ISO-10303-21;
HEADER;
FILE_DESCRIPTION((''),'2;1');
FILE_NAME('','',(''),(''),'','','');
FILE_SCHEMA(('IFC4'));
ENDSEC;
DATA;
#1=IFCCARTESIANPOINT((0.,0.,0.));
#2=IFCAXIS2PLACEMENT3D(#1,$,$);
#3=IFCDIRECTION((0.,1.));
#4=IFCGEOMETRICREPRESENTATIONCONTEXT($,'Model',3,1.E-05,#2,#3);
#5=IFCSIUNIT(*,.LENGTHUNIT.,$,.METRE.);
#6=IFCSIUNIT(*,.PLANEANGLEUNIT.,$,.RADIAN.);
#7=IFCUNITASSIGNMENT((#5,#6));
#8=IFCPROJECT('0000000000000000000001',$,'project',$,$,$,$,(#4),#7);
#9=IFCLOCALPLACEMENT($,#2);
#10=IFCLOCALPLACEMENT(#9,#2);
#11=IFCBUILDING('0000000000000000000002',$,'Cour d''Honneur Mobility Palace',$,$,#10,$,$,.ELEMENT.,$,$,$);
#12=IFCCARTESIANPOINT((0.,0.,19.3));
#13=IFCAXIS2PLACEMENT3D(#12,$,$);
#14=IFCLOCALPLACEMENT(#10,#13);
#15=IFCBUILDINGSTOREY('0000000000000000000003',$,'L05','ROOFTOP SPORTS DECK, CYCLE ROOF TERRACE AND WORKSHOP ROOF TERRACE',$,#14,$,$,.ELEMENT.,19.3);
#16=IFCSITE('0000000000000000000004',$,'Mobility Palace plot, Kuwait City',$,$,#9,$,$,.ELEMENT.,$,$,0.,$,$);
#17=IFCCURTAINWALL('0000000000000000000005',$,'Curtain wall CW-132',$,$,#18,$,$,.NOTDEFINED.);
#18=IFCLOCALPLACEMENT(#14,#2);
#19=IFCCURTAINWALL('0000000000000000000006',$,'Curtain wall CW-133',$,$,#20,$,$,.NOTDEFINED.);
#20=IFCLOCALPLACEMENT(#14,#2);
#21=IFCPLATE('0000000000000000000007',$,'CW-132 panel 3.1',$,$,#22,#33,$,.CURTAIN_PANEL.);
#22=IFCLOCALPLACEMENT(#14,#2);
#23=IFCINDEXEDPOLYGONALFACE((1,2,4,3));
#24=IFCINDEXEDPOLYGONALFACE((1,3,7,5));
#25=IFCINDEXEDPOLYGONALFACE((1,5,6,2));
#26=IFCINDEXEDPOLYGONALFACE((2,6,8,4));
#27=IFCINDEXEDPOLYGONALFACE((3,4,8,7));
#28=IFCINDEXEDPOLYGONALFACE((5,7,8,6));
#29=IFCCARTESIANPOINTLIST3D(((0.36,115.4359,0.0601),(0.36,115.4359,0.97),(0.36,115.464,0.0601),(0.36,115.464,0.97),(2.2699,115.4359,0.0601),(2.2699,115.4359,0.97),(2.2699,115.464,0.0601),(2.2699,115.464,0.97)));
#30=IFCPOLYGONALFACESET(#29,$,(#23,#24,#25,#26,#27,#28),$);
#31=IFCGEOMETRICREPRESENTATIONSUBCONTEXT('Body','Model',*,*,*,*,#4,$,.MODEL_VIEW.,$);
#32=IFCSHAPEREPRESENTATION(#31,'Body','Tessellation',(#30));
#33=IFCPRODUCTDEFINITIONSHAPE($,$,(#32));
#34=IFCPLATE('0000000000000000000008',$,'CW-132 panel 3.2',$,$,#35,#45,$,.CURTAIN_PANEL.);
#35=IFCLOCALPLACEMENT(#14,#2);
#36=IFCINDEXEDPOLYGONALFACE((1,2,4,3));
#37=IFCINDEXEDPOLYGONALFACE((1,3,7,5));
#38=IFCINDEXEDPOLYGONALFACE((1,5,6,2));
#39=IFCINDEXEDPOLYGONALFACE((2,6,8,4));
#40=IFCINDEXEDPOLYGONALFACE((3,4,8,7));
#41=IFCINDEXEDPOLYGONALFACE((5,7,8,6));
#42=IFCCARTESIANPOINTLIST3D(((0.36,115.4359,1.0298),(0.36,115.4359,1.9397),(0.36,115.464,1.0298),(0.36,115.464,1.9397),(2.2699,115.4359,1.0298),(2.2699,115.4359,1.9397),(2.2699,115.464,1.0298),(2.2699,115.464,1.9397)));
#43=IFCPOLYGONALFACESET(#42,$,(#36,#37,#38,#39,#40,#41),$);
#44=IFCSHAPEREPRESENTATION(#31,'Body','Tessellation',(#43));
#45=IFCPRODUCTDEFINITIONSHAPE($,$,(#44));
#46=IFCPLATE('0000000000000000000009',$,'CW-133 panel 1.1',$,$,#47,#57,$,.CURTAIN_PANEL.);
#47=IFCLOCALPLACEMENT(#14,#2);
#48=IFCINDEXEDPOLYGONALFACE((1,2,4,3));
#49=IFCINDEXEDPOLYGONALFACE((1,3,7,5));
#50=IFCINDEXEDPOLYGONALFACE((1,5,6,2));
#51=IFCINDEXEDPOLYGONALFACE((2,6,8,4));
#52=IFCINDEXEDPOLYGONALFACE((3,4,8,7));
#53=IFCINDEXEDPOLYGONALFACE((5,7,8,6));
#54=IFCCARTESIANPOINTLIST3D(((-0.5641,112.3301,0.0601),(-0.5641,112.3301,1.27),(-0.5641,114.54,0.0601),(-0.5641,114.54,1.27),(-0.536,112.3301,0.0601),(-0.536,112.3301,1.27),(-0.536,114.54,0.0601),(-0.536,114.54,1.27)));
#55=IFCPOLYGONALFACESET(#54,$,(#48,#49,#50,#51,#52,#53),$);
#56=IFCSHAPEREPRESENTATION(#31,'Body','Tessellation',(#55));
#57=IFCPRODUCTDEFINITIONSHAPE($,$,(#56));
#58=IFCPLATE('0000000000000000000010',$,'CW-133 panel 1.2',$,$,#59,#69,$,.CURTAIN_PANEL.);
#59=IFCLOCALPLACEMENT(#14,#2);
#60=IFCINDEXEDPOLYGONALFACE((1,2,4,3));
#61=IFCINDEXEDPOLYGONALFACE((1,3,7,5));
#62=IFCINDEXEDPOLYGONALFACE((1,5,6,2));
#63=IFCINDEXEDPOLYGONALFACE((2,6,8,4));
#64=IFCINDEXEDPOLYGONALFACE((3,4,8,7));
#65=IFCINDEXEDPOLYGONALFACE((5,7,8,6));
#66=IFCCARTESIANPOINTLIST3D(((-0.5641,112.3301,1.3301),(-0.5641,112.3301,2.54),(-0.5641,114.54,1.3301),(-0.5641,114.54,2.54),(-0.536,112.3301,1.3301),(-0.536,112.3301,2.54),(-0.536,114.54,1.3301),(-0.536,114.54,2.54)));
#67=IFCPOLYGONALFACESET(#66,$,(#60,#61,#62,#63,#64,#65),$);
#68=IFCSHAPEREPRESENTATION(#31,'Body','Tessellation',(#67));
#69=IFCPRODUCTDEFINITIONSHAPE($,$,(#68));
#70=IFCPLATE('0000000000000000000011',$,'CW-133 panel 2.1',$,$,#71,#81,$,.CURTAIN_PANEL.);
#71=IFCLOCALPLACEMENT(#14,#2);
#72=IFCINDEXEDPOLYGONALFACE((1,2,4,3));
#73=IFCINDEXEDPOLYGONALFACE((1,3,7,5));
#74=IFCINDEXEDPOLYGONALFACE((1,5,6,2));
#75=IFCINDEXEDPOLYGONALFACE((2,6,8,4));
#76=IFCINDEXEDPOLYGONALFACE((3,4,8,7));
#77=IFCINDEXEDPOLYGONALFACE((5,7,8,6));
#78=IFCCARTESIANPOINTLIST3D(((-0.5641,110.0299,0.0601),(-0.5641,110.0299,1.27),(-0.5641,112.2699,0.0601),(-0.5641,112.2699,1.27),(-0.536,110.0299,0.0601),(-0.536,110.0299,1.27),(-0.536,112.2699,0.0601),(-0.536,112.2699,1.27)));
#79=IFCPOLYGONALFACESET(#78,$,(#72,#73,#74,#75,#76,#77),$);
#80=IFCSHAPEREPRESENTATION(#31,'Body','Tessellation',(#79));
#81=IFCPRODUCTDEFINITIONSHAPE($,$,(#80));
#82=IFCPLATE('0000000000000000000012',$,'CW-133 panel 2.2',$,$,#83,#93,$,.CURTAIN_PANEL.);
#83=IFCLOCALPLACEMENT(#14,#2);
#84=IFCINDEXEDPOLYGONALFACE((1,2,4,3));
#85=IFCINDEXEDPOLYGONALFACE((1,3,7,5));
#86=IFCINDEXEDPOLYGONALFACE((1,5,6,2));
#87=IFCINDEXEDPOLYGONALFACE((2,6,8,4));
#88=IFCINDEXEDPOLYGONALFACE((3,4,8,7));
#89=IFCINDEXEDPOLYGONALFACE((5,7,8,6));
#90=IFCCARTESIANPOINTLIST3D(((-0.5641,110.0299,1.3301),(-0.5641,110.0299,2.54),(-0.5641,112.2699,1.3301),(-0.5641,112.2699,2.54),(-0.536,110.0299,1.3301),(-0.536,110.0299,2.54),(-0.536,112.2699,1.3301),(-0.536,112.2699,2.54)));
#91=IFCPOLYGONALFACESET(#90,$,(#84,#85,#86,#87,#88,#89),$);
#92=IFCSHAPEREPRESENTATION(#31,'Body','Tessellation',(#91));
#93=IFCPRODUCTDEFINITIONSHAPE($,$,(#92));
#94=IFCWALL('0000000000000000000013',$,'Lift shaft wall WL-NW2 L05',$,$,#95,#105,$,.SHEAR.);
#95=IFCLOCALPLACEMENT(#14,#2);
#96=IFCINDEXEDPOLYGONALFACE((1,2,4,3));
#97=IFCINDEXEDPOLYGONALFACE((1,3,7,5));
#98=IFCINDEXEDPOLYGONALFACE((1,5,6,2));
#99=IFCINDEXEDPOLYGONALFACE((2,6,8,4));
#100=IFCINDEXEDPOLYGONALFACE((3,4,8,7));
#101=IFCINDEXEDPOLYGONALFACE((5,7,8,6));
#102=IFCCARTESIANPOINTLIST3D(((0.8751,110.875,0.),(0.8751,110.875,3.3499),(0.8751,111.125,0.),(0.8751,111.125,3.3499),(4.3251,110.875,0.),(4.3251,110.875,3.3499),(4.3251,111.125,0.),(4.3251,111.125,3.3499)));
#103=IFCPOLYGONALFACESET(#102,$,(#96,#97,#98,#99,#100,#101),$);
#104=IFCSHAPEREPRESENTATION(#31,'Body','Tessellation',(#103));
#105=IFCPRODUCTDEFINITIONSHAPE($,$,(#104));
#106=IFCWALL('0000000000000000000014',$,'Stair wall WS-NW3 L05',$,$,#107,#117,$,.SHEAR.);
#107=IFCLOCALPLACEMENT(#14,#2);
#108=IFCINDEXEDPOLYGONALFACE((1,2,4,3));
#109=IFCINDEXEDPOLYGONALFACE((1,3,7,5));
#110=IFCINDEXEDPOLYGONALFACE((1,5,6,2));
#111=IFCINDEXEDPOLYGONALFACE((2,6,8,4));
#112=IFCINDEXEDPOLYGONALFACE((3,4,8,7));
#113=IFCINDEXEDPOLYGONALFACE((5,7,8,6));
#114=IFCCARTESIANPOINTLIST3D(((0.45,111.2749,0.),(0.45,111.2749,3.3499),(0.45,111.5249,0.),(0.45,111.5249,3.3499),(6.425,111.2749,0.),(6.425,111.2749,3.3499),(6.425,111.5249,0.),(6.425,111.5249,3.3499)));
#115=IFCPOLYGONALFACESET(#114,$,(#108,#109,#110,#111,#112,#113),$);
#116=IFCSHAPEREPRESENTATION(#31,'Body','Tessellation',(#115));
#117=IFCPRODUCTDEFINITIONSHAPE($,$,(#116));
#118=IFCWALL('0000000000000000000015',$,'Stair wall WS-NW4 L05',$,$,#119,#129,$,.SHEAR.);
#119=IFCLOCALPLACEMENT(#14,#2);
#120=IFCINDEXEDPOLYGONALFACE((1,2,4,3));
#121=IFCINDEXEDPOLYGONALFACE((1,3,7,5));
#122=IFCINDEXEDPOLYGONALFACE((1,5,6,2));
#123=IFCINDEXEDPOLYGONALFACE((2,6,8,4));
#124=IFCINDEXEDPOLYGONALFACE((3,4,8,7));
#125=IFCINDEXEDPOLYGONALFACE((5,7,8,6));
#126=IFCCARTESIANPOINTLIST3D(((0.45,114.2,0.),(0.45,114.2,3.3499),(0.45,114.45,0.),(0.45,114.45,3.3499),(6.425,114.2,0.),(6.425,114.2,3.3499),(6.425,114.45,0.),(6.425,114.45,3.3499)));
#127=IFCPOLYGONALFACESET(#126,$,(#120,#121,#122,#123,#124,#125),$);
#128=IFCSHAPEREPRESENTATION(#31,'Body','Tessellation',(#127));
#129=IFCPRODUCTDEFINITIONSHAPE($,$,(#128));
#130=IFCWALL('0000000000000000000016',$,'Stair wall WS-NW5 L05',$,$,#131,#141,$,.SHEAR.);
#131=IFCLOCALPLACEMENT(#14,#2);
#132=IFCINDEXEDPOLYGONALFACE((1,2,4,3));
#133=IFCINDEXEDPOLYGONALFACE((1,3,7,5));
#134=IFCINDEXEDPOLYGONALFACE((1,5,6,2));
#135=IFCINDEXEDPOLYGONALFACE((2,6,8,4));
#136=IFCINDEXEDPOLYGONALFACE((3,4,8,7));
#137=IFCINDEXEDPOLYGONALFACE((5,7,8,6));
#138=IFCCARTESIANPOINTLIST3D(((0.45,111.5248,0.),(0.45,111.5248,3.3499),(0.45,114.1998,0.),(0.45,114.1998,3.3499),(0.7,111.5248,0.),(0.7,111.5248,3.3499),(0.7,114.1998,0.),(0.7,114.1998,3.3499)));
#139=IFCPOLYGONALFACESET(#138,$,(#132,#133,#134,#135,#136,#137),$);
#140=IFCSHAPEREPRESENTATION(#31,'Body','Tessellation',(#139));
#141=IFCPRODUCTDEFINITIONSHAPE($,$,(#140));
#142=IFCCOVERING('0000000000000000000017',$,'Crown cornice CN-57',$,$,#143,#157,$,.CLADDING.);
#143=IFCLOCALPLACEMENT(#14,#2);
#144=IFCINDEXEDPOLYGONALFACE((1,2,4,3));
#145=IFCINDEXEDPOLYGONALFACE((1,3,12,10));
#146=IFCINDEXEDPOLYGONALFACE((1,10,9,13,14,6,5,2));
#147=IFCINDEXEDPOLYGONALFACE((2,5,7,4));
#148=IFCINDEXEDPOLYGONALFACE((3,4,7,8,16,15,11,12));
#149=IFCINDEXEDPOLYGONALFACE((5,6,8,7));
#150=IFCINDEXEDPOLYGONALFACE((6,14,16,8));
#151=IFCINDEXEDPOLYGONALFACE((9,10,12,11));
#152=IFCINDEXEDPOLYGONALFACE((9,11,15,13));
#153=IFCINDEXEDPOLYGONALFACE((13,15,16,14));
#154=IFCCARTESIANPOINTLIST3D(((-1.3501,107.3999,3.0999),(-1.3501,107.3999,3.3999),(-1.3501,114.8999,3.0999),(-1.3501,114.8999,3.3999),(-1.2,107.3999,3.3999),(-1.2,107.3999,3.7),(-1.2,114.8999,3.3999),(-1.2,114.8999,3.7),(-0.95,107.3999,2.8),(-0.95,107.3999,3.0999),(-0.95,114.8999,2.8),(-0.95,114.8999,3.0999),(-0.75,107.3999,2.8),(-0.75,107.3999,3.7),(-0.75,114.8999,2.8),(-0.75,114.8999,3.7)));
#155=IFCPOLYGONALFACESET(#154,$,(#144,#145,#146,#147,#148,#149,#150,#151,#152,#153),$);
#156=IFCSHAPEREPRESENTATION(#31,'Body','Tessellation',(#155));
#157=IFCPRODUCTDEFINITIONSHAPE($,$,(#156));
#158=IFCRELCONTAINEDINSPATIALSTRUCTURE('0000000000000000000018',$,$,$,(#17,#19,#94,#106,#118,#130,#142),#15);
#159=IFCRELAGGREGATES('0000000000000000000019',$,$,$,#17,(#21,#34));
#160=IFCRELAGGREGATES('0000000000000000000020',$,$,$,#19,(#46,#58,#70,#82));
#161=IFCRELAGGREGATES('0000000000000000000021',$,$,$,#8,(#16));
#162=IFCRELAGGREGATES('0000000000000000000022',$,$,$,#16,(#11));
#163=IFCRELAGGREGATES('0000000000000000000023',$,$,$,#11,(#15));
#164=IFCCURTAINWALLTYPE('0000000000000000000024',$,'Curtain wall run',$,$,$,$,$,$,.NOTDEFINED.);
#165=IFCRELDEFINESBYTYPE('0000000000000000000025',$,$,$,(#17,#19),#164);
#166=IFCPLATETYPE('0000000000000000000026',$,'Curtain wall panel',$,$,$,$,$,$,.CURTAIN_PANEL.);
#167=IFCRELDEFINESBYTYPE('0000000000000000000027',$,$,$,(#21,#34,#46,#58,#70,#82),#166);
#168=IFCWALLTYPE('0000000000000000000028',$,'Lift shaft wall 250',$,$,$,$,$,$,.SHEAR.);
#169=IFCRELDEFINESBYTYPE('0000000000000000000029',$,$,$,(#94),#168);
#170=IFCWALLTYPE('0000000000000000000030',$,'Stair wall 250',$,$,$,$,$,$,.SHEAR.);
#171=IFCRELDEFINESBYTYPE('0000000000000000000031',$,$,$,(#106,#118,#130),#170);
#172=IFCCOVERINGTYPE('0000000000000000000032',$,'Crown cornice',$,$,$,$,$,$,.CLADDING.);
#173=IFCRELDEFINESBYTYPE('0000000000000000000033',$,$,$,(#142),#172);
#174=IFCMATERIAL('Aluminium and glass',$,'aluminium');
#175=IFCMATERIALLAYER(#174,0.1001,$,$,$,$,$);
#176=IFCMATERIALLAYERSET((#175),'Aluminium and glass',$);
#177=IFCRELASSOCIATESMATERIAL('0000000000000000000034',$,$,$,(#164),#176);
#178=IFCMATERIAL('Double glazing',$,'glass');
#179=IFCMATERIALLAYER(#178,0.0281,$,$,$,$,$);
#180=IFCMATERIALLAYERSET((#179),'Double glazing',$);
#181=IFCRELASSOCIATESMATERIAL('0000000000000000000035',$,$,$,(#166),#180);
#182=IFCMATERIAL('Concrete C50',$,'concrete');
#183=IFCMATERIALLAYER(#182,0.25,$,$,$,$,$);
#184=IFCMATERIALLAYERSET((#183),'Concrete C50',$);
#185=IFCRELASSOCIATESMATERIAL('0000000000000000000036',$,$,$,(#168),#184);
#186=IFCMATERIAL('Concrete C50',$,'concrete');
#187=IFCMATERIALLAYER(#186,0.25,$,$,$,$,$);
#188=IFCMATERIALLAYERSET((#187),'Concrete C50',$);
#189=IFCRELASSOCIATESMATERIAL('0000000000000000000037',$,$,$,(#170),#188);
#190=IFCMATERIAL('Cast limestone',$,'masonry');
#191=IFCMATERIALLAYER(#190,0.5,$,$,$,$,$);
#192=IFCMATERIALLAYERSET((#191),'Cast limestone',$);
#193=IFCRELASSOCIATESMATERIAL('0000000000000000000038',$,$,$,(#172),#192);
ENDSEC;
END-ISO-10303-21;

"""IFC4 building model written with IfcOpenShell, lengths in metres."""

from ifc_helpers import new_model, si_unit, direction, frame, frame_2d, origin, origin_2d, place, context, subcontext, project, spatial, polyline, rectangle, outline, extrude, material, layer, layer_set, type_object, element, aggregate, save


model = new_model("IFC4")

# Units and contexts
model_context = context("Model", 3, precision=1e-05, world=origin(), true_north=direction((0.0, 1.0)))
body_context = subcontext(model_context, "Body", "Model", "MODEL_VIEW")
ifc_project = project(units=[si_unit("LENGTHUNIT", "METRE"), si_unit("PLANEANGLEUNIT", "RADIAN")], contexts=[model_context])

# Site, building, storey
site_placement = place(None, origin())
site = spatial("IfcSite", under=ifc_project, at=site_placement, Name="Mobility Palace plot, Kuwait City", CompositionType="ELEMENT", RefElevation=0.0)
building_placement = place(site_placement, origin())
building = spatial("IfcBuilding", under=site, at=building_placement, Name="Cour d'Honneur Mobility Palace", CompositionType="ELEMENT")
storey_placement = place(building_placement, frame((0.0, 0.0, 19.3)))
storey = spatial("IfcBuildingStorey", under=building, at=storey_placement, Name="L05", Description="ROOFTOP SPORTS DECK, CYCLE ROOF TERRACE AND WORKSHOP ROOF TERRACE", CompositionType="ELEMENT", Elevation=19.3)

# Curtain wall
ifc_material_1 = material(Name="Aluminium and glass", Category="aluminium")
ifc_layer_1 = layer(ifc_material_1, 0.1001)
ifc_layer_set_1 = layer_set([ifc_layer_1], Name="Aluminium and glass")
curtain_wall_type = type_object("IfcCurtainWallType", Name="Curtain wall run", PredefinedType="NOTDEFINED", material=ifc_layer_set_1)
curtain_wall_1_placement = place(storey_placement, origin())
curtain_wall_1 = element("IfcCurtainWall", 1, at=curtain_wall_1_placement, inside=storey, type_object=curtain_wall_type, Name="Curtain wall CW-132", PredefinedType="NOTDEFINED")

# Curtain wall
curtain_wall_2_placement = place(storey_placement, origin())
curtain_wall_2 = element("IfcCurtainWall", 2, at=curtain_wall_2_placement, inside=storey, type_object=curtain_wall_type, Name="Curtain wall CW-133", PredefinedType="NOTDEFINED")

# Plates
ifc_material_2 = material(Name="Double glazing", Category="glass")
ifc_layer_2 = layer(ifc_material_2, 0.0281)
ifc_layer_set_2 = layer_set([ifc_layer_2], Name="Double glazing")
plate_type = type_object("IfcPlateType", Name="Curtain wall panel", PredefinedType="CURTAIN_PANEL", material=ifc_layer_set_2)
plate_1_placement = place(storey_placement, frame((1.3149, 115.45, 0.0601), z_axis=(0.0, 0.0, 1.0), x_axis=(-1.0, 0.0, 0.0)))
plate_1 = element("IfcPlate", 3, at=plate_1_placement, type_object=plate_type, Name="CW-132 panel 3.1", PredefinedType="CURTAIN_PANEL", context=body_context, shape_type="SweptSolid", body=[
    extrude(rectangle(XDim=1.9099, YDim=0.0281, at=origin_2d()), origin(), (0.0, 0.0, 1.0), 0.9099),
])
plate_2_placement = place(storey_placement, frame((1.3149, 115.45, 1.0298), z_axis=(0.0, 0.0, 1.0), x_axis=(-1.0, 0.0, 0.0)))
plate_2 = element("IfcPlate", 4, at=plate_2_placement, type_object=plate_type, Name="CW-132 panel 3.2", PredefinedType="CURTAIN_PANEL", context=body_context, shape_type="SweptSolid", body=[
    extrude(rectangle(XDim=1.9099, YDim=0.0281, at=origin_2d()), origin(), (0.0, 0.0, 1.0), 0.9099),
])
aggregate(curtain_wall_1, [plate_1, plate_2])
plate_3_placement = place(storey_placement, frame((-0.55, 113.4351, 0.0601), z_axis=(0.0, 0.0, 1.0), x_axis=(0.0, -1.0, 0.0)))
plate_3 = element("IfcPlate", 5, at=plate_3_placement, type_object=plate_type, Name="CW-133 panel 1.1", PredefinedType="CURTAIN_PANEL", context=body_context, shape_type="SweptSolid", body=[
    extrude(rectangle(XDim=2.21, YDim=0.0281, at=origin_2d()), origin(), (0.0, 0.0, 1.0), 1.21),
])
plate_4_placement = place(storey_placement, frame((-0.55, 113.4351, 1.3301), z_axis=(0.0, 0.0, 1.0), x_axis=(0.0, -1.0, 0.0)))
plate_4 = element("IfcPlate", 6, at=plate_4_placement, type_object=plate_type, Name="CW-133 panel 1.2", PredefinedType="CURTAIN_PANEL", context=body_context, shape_type="SweptSolid", body=[
    extrude(rectangle(XDim=2.21, YDim=0.0281, at=origin_2d()), origin(), (0.0, 0.0, 1.0), 1.21),
])
plate_5_placement = place(storey_placement, frame((-0.55, 111.1499, 0.0601), z_axis=(0.0, 0.0, 1.0), x_axis=(0.0, -1.0, 0.0)))
plate_5 = element("IfcPlate", 7, at=plate_5_placement, type_object=plate_type, Name="CW-133 panel 2.1", PredefinedType="CURTAIN_PANEL", context=body_context, shape_type="SweptSolid", body=[
    extrude(rectangle(XDim=2.24, YDim=0.0281, at=origin_2d()), origin(), (0.0, 0.0, 1.0), 1.21),
])
plate_6_placement = place(storey_placement, frame((-0.55, 111.1499, 1.3301), z_axis=(0.0, 0.0, 1.0), x_axis=(0.0, -1.0, 0.0)))
plate_6 = element("IfcPlate", 8, at=plate_6_placement, type_object=plate_type, Name="CW-133 panel 2.2", PredefinedType="CURTAIN_PANEL", context=body_context, shape_type="SweptSolid", body=[
    extrude(rectangle(XDim=2.24, YDim=0.0281, at=origin_2d()), origin(), (0.0, 0.0, 1.0), 1.21),
])
aggregate(curtain_wall_2, [plate_3, plate_4, plate_5, plate_6])

# Walls
ifc_material_3 = material(Name="Concrete C50", Category="concrete")
ifc_layer_3 = layer(ifc_material_3, 0.25)
ifc_layer_set_3 = layer_set([ifc_layer_3], Name="Concrete C50")
wall_type_1 = type_object("IfcWallType", Name="Lift shaft wall 250", PredefinedType="SHEAR", material=ifc_layer_set_3)
wall_1_placement = place(storey_placement, frame((0.875, 111.0, 0.0), z_axis=(0.0, 0.0, 1.0), x_axis=(1.0, 0.0, 0.0)))
element("IfcWall", 9, at=wall_1_placement, inside=storey, type_object=wall_type_1, Name="Lift shaft wall WL-NW2 L05", PredefinedType="SHEAR", context=body_context, shape_type="SweptSolid", body=[
    extrude(rectangle(XDim=3.45, YDim=0.25, at=frame_2d((1.7251, 0.0))), origin(), (0.0, 0.0, 1.0), 3.3499),
])
ifc_material_4 = material(Name="Concrete C50", Category="concrete")
ifc_layer_4 = layer(ifc_material_4, 0.25)
ifc_layer_set_4 = layer_set([ifc_layer_4], Name="Concrete C50")
wall_type_2 = type_object("IfcWallType", Name="Stair wall 250", PredefinedType="SHEAR", material=ifc_layer_set_4)
for number, where, z_axis, x_axis, name in (
    (10, (0.45, 111.3999, 0.0), (0.0, 0.0, 1.0), (1.0, 0.0, 0.0), "Stair wall WS-NW3 L05"),
    (11, (0.45, 114.325, 0.0), (0.0, 0.0, 1.0), (1.0, 0.0, 0.0), "Stair wall WS-NW4 L05"),
):
    element("IfcWall", number, at=place(storey_placement, frame(where, z_axis=z_axis, x_axis=x_axis)), inside=storey, type_object=wall_type_2, Name=name, PredefinedType="SHEAR", context=body_context, shape_type="SweptSolid", body=[
        extrude(rectangle(XDim=5.9751, YDim=0.25, at=frame_2d((2.9875, 0.0))), origin(), (0.0, 0.0, 1.0), 3.3499),
    ])
wall_2_placement = place(storey_placement, frame((0.575, 111.5249, 0.0), z_axis=(0.0, 0.0, 1.0), x_axis=(0.0, 1.0, 0.0)))
element("IfcWall", 12, at=wall_2_placement, inside=storey, type_object=wall_type_2, Name="Stair wall WS-NW5 L05", PredefinedType="SHEAR", context=body_context, shape_type="SweptSolid", body=[
    extrude(rectangle(XDim=2.675, YDim=0.25, at=frame_2d((1.3374, 0.0))), origin(), (0.0, 0.0, 1.0), 3.3499),
])

# Covering
ifc_material_5 = material(Name="Cast limestone", Category="masonry")
ifc_layer_5 = layer(ifc_material_5, 0.5)
ifc_layer_set_5 = layer_set([ifc_layer_5], Name="Cast limestone")
covering_type = type_object("IfcCoveringType", Name="Crown cornice", PredefinedType="CLADDING", material=ifc_layer_set_5)
covering_placement = place(storey_placement, frame((-0.75, 114.8999, 2.8), z_axis=(0.0, 1.0, 0.0), x_axis=(-1.0, 0.0, 0.0)))
element("IfcCovering", 13, at=covering_placement, inside=storey, type_object=covering_type, Name="Crown cornice CN-57", PredefinedType="CLADDING", context=body_context, shape_type="SweptSolid", body=[
    extrude(outline(polyline([(0.0, 0.0), (0.2, 0.0), (0.2, 0.2998), (0.6001, 0.2998), (0.6001, 0.5999), (0.45, 0.5999), (0.45, 0.8999), (0.0, 0.8999), (0.0, 0.0)])), origin(), (0.0, 0.0, -1.0), 7.5),
])

save(model, "model.ifc")
